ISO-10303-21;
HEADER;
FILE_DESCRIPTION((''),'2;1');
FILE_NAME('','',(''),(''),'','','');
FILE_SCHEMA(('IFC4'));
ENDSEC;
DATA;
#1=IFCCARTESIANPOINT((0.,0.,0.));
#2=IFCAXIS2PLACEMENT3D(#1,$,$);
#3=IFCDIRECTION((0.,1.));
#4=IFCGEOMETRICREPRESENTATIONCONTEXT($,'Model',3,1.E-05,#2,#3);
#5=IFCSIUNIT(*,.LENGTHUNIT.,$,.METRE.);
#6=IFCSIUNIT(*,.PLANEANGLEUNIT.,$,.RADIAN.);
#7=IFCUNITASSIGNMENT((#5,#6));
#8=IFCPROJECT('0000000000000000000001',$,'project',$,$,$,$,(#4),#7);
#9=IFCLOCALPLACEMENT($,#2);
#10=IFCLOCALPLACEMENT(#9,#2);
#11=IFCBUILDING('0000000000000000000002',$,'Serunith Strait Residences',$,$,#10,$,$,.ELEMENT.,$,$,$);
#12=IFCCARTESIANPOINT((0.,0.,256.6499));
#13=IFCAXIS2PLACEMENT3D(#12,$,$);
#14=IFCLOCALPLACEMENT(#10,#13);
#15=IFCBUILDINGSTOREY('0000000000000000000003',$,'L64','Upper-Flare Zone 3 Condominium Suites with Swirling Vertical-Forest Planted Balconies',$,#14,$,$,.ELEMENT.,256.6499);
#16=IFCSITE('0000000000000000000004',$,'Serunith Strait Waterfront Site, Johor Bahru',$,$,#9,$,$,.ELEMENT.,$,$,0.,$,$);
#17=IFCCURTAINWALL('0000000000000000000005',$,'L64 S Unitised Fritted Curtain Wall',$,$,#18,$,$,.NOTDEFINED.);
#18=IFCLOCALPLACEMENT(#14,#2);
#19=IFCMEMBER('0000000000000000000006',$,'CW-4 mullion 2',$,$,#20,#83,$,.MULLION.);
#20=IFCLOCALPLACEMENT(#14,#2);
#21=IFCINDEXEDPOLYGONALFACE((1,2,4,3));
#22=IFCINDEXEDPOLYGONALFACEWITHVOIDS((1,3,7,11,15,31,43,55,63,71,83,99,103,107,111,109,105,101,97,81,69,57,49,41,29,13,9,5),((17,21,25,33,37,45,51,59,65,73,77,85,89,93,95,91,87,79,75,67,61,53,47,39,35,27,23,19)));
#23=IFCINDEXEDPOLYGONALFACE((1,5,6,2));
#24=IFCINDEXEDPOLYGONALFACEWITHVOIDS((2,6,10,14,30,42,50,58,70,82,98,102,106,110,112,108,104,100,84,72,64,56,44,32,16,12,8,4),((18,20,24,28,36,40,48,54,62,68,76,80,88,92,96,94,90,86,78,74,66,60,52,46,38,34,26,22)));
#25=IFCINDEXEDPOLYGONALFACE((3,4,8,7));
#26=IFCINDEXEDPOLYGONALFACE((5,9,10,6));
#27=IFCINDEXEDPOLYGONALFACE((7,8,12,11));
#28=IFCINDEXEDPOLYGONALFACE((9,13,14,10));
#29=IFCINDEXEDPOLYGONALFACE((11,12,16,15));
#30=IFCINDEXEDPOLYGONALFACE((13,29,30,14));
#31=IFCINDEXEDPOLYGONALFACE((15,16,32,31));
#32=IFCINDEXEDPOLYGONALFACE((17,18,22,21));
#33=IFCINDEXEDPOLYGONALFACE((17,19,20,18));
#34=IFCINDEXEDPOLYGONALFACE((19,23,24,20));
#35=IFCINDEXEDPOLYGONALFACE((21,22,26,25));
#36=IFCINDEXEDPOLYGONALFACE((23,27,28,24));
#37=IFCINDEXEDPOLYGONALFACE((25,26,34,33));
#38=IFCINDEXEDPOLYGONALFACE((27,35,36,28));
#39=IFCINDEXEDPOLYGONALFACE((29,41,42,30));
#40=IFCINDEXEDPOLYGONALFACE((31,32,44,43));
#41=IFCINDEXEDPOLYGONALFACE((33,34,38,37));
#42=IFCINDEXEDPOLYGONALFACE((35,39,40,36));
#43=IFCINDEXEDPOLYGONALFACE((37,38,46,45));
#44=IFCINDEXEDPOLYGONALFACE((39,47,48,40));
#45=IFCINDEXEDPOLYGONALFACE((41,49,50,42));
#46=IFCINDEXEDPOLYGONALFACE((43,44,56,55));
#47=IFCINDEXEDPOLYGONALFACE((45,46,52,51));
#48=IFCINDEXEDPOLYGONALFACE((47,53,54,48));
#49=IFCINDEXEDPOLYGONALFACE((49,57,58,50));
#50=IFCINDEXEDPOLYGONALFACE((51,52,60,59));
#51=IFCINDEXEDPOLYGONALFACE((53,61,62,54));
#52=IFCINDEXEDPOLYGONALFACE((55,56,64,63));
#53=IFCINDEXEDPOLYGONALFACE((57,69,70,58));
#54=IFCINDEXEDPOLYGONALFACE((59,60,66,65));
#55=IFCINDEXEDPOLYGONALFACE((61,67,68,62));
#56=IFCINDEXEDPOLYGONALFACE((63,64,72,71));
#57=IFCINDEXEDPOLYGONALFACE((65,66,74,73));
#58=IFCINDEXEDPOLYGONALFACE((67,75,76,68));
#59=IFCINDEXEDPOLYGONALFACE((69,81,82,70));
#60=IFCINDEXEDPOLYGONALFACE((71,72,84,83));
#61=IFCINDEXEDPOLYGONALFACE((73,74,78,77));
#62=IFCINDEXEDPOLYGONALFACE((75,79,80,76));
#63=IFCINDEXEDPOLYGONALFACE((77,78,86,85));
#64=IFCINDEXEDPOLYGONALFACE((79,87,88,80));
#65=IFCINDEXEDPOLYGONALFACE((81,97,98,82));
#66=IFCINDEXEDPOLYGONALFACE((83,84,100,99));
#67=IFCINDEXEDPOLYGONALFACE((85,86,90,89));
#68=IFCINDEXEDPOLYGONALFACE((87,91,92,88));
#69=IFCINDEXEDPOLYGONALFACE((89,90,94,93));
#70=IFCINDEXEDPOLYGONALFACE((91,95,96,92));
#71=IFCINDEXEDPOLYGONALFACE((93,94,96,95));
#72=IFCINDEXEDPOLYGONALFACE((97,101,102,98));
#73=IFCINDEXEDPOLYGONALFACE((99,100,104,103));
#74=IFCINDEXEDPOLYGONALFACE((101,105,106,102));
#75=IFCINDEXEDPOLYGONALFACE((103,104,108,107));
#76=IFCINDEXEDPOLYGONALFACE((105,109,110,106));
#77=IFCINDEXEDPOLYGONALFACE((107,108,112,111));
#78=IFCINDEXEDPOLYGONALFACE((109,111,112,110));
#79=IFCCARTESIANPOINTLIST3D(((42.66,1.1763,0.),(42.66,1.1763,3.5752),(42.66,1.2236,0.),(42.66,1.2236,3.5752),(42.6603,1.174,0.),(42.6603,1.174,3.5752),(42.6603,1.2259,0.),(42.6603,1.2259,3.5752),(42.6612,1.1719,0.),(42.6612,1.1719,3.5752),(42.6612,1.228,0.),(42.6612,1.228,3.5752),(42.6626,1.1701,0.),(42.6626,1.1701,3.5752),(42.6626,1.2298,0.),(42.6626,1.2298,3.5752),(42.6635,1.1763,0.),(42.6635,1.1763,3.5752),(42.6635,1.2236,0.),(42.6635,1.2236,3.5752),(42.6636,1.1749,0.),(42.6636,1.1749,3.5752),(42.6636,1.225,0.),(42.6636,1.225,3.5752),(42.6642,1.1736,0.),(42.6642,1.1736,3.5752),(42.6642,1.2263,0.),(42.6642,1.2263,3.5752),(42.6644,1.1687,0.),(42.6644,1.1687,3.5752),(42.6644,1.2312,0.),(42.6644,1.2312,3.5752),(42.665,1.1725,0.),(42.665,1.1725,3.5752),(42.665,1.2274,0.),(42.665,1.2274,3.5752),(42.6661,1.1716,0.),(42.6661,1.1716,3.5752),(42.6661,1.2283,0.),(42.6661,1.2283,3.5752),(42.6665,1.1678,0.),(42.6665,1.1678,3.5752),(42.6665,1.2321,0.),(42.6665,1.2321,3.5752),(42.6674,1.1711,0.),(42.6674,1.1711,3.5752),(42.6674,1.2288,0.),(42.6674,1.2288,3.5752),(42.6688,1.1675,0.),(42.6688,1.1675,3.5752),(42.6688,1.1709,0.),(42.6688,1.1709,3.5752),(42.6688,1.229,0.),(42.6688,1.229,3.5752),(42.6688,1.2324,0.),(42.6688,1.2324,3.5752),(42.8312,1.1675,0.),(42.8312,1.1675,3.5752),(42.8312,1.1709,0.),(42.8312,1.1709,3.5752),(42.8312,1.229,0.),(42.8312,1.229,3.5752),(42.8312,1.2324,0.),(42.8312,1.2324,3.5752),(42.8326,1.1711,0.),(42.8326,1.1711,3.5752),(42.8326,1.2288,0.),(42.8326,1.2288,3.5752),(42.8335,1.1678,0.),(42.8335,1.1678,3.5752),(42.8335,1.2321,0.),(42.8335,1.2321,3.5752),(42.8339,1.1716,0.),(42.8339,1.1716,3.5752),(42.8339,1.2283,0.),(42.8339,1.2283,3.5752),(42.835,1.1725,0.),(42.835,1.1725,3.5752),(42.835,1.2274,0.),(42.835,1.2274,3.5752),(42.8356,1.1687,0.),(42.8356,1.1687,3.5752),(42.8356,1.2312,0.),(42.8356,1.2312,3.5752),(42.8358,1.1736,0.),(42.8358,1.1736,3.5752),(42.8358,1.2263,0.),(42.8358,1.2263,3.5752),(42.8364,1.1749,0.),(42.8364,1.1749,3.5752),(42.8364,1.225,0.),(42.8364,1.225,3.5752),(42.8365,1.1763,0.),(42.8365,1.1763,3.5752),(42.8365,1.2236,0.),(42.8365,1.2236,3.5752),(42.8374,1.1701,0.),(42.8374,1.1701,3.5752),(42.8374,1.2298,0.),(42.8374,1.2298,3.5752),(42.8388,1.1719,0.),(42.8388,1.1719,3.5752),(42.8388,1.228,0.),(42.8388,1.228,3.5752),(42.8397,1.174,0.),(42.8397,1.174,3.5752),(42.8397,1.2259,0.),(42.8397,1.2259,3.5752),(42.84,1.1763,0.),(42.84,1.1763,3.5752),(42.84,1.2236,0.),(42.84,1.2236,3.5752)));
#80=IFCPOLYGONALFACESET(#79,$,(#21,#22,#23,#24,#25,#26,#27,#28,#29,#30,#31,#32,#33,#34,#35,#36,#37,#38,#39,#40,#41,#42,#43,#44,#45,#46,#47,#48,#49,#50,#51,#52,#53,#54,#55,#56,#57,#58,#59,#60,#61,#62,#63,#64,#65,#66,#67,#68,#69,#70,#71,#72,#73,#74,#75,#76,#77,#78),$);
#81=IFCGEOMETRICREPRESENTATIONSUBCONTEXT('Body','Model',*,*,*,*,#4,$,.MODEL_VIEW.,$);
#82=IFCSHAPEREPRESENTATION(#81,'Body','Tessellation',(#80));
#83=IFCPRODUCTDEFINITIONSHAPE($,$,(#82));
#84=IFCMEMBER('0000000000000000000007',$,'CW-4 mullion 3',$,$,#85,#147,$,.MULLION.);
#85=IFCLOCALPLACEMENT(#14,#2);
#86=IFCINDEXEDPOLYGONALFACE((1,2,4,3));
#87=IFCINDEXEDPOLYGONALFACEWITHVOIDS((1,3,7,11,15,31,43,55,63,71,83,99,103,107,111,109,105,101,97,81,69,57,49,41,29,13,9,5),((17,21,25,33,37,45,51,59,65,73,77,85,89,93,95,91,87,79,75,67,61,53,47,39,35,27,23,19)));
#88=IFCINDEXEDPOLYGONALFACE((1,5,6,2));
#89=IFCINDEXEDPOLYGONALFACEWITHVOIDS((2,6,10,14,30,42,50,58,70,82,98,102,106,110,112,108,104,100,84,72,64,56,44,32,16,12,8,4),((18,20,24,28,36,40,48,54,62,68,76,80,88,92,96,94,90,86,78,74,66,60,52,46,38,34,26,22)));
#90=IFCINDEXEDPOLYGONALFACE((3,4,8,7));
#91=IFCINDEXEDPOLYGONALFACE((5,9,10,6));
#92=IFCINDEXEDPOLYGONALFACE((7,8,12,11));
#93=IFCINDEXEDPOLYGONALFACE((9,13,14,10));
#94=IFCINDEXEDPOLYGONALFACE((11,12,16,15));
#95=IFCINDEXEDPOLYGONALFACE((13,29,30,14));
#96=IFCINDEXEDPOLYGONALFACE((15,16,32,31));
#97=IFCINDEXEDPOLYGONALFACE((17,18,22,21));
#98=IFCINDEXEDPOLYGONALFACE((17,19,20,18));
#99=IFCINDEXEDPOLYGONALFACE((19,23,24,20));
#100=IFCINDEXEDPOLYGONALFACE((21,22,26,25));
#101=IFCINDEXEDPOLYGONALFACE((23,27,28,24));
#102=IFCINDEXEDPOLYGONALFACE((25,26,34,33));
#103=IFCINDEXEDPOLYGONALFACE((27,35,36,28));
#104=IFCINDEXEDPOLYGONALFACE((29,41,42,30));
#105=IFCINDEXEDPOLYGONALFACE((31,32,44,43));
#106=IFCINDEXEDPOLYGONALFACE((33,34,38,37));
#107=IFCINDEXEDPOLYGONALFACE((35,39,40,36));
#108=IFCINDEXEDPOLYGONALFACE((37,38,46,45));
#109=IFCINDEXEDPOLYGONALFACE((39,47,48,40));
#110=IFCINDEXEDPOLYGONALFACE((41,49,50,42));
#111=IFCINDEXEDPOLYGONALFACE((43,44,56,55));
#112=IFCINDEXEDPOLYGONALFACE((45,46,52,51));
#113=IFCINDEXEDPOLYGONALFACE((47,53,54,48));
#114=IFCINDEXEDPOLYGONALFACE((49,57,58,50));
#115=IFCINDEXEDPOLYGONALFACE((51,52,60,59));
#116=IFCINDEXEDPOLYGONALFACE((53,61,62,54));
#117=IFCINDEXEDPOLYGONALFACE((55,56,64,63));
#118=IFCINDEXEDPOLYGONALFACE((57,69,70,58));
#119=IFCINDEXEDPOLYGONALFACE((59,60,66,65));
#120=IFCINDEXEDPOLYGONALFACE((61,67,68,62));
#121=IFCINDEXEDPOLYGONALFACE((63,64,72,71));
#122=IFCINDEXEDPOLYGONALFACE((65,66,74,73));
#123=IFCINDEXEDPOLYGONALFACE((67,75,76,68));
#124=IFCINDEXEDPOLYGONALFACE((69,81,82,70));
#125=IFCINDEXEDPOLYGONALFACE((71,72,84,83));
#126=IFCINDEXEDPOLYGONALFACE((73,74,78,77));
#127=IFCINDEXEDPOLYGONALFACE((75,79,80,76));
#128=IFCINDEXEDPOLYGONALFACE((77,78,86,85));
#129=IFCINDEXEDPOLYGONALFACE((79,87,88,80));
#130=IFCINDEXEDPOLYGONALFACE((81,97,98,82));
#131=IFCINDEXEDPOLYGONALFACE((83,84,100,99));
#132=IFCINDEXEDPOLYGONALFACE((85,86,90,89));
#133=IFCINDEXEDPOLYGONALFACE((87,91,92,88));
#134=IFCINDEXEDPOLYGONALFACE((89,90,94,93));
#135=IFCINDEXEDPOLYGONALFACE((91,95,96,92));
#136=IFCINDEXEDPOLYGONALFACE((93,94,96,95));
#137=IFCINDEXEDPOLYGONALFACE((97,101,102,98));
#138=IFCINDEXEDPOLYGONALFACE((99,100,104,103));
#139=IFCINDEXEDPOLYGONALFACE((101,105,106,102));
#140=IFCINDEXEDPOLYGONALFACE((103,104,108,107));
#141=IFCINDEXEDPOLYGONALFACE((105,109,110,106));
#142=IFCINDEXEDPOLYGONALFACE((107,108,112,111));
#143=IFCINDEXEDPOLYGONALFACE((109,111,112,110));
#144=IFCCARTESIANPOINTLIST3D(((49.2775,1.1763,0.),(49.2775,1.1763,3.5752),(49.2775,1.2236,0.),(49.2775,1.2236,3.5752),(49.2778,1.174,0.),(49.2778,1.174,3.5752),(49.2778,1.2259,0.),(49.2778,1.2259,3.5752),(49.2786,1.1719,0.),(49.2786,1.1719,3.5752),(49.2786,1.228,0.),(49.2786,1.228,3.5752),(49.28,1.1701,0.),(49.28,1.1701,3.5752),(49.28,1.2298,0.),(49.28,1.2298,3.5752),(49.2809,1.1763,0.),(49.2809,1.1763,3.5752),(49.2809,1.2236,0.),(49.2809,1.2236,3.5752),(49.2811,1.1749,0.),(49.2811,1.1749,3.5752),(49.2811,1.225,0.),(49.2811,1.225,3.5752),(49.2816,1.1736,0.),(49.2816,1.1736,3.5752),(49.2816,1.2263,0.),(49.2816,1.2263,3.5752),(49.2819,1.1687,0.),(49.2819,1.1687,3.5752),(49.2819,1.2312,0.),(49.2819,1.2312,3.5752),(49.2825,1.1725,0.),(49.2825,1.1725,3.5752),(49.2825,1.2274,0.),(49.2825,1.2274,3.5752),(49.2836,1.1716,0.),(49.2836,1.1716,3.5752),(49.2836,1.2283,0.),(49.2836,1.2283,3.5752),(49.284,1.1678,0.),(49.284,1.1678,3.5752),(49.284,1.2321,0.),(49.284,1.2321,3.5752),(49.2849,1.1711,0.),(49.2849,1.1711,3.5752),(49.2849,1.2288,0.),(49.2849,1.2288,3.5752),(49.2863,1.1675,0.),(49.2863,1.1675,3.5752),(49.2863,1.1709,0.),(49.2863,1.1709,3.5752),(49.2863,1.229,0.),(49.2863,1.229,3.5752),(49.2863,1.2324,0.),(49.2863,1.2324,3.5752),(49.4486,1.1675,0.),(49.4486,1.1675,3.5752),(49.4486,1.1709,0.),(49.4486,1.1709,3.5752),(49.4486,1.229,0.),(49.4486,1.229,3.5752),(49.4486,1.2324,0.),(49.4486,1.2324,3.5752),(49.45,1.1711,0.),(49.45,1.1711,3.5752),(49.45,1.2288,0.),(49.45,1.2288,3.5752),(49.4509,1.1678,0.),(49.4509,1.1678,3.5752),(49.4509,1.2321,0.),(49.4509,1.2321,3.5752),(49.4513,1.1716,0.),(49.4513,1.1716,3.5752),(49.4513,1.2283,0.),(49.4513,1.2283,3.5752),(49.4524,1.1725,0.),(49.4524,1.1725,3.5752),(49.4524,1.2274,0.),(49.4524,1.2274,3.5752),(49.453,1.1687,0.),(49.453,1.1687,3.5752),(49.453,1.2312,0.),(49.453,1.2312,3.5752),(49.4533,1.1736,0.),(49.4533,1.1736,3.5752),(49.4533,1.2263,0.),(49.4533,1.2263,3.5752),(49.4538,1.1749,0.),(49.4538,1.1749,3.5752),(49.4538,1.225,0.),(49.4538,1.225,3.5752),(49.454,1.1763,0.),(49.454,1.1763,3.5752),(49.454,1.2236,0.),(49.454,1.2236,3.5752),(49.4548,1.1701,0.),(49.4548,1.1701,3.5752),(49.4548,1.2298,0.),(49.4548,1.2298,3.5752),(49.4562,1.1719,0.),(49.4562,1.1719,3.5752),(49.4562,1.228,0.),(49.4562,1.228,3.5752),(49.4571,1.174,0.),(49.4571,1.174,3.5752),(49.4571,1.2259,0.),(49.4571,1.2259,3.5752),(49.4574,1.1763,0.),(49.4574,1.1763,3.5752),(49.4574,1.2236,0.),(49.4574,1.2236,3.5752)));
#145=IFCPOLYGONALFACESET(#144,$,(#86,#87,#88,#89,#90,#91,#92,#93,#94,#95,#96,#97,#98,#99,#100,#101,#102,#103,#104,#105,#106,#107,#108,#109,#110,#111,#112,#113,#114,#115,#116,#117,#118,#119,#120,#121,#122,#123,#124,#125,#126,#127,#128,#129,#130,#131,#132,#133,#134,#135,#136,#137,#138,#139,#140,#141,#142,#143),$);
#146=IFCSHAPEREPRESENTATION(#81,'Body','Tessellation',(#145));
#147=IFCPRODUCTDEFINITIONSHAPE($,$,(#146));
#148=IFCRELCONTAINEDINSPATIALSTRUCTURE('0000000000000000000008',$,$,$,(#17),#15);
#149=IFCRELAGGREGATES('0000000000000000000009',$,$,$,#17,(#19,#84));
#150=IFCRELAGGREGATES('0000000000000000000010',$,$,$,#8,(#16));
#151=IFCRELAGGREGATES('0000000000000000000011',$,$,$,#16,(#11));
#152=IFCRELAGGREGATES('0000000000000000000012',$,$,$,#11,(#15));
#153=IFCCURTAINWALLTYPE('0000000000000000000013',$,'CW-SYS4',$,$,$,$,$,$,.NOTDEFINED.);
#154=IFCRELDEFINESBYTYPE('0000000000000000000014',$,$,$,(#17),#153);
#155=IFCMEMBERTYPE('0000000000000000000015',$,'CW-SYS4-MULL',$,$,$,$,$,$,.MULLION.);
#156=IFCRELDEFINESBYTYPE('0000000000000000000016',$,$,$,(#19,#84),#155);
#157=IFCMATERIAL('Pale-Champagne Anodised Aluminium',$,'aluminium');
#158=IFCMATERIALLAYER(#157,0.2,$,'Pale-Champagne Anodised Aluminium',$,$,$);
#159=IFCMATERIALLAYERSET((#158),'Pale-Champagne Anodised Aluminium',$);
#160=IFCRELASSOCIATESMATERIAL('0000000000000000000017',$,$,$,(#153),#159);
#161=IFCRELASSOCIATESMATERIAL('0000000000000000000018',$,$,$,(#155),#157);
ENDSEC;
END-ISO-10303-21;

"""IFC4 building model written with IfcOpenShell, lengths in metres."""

from ifc_helpers import new_model, si_unit, direction, frame, origin, origin_2d, place, context, subcontext, project, spatial, hollow_rectangle, extrude, source, transform, mapped, material, layer, layer_set, material_profile, profile_set, type_object, element, aggregate, save


model = new_model("IFC4")

# Units and contexts
model_context = context("Model", 3, precision=1e-05, world=origin(), true_north=direction((0.0, 1.0)))
body_context = subcontext(model_context, "Body", "Model", "MODEL_VIEW")
ifc_project = project(units=[si_unit("LENGTHUNIT", "METRE"), si_unit("PLANEANGLEUNIT", "RADIAN")], contexts=[model_context])

# Site, building, storey
site_placement = place(None, origin())
site = spatial("IfcSite", under=ifc_project, at=site_placement, Name="Serunith Strait Waterfront Site, Johor Bahru", CompositionType="ELEMENT", RefElevation=0.0)
building_placement = place(site_placement, origin())
building = spatial("IfcBuilding", under=site, at=building_placement, Name="Serunith Strait Residences", CompositionType="ELEMENT")
storey_placement = place(building_placement, frame((0.0, 0.0, 256.6499)))
storey = spatial("IfcBuildingStorey", under=building, at=storey_placement, Name="L64", Description="Upper-Flare Zone 3 Condominium Suites with Swirling Vertical-Forest Planted Balconies", CompositionType="ELEMENT", Elevation=256.6499)

# Curtain wall, members
ifc_material_1 = material(Name="Pale-Champagne Anodised Aluminium", Category="aluminium")
ifc_layer_1 = layer(ifc_material_1, 0.2, Name="Pale-Champagne Anodised Aluminium")
ifc_layer_set_1 = layer_set([ifc_layer_1], Name="Pale-Champagne Anodised Aluminium")
curtain_wall_type = type_object("IfcCurtainWallType", Name="CW-SYS4", PredefinedType="NOTDEFINED", material=ifc_layer_set_1)
curtain_wall_1_placement = place(storey_placement, origin())
curtain_wall_1 = element("IfcCurtainWall", 1, at=curtain_wall_1_placement, inside=storey, type_object=curtain_wall_type, Name="L64 S Unitised Fritted Curtain Wall", PredefinedType="NOTDEFINED")
ifc_material_profile_1 = material_profile(ifc_material_1, hollow_rectangle(XDim=0.0649, YDim=0.1799, WallThickness=0.0034, InnerFilletRadius=0.0054, OuterFilletRadius=0.0088, at=origin_2d()), Name="ALU 180x65x3.5")
ifc_profile_set_1 = profile_set([ifc_material_profile_1], Name="Pale-Champagne Anodised Aluminium")
member_type_1 = type_object("IfcMemberType", Name="CW-SYS4-MULL", PredefinedType="MULLION", material=ifc_profile_set_1)
shared_shape_1 = source(origin(), body_context, "Body", "SweptSolid", [
    extrude(hollow_rectangle(XDim=0.0649, YDim=0.1799, WallThickness=0.0034, InnerFilletRadius=0.0054, OuterFilletRadius=0.0088, at=origin_2d()), origin(), (0.0, 0.0, 1.0), 3.5752),
])
member_1_placement = place(storey_placement, frame((42.75, 1.2, 0.0), z_axis=(0.0, 0.0, 1.0), x_axis=(0.0, 1.0, 0.0)))
member_1 = element("IfcMember", 2, at=member_1_placement, type_object=member_type_1, Name="CW-4 mullion 2", PredefinedType="MULLION", context=body_context, shape_type="MappedRepresentation", body=[
    mapped(shared_shape_1, transform((0.0, 0.0, 0.0), scale=1.0)),
])
member_2_placement = place(storey_placement, frame((49.3674, 1.2, 0.0), z_axis=(0.0, 0.0, 1.0), x_axis=(0.0, 1.0, 0.0)))
member_2 = element("IfcMember", 3, at=member_2_placement, type_object=member_type_1, Name="CW-4 mullion 3", PredefinedType="MULLION", context=body_context, shape_type="MappedRepresentation", body=[
    mapped(shared_shape_1, transform((0.0, 0.0, 0.0), scale=1.0)),
])

aggregate(curtain_wall_1, [member_1, member_2])

save(model, "model.ifc")
